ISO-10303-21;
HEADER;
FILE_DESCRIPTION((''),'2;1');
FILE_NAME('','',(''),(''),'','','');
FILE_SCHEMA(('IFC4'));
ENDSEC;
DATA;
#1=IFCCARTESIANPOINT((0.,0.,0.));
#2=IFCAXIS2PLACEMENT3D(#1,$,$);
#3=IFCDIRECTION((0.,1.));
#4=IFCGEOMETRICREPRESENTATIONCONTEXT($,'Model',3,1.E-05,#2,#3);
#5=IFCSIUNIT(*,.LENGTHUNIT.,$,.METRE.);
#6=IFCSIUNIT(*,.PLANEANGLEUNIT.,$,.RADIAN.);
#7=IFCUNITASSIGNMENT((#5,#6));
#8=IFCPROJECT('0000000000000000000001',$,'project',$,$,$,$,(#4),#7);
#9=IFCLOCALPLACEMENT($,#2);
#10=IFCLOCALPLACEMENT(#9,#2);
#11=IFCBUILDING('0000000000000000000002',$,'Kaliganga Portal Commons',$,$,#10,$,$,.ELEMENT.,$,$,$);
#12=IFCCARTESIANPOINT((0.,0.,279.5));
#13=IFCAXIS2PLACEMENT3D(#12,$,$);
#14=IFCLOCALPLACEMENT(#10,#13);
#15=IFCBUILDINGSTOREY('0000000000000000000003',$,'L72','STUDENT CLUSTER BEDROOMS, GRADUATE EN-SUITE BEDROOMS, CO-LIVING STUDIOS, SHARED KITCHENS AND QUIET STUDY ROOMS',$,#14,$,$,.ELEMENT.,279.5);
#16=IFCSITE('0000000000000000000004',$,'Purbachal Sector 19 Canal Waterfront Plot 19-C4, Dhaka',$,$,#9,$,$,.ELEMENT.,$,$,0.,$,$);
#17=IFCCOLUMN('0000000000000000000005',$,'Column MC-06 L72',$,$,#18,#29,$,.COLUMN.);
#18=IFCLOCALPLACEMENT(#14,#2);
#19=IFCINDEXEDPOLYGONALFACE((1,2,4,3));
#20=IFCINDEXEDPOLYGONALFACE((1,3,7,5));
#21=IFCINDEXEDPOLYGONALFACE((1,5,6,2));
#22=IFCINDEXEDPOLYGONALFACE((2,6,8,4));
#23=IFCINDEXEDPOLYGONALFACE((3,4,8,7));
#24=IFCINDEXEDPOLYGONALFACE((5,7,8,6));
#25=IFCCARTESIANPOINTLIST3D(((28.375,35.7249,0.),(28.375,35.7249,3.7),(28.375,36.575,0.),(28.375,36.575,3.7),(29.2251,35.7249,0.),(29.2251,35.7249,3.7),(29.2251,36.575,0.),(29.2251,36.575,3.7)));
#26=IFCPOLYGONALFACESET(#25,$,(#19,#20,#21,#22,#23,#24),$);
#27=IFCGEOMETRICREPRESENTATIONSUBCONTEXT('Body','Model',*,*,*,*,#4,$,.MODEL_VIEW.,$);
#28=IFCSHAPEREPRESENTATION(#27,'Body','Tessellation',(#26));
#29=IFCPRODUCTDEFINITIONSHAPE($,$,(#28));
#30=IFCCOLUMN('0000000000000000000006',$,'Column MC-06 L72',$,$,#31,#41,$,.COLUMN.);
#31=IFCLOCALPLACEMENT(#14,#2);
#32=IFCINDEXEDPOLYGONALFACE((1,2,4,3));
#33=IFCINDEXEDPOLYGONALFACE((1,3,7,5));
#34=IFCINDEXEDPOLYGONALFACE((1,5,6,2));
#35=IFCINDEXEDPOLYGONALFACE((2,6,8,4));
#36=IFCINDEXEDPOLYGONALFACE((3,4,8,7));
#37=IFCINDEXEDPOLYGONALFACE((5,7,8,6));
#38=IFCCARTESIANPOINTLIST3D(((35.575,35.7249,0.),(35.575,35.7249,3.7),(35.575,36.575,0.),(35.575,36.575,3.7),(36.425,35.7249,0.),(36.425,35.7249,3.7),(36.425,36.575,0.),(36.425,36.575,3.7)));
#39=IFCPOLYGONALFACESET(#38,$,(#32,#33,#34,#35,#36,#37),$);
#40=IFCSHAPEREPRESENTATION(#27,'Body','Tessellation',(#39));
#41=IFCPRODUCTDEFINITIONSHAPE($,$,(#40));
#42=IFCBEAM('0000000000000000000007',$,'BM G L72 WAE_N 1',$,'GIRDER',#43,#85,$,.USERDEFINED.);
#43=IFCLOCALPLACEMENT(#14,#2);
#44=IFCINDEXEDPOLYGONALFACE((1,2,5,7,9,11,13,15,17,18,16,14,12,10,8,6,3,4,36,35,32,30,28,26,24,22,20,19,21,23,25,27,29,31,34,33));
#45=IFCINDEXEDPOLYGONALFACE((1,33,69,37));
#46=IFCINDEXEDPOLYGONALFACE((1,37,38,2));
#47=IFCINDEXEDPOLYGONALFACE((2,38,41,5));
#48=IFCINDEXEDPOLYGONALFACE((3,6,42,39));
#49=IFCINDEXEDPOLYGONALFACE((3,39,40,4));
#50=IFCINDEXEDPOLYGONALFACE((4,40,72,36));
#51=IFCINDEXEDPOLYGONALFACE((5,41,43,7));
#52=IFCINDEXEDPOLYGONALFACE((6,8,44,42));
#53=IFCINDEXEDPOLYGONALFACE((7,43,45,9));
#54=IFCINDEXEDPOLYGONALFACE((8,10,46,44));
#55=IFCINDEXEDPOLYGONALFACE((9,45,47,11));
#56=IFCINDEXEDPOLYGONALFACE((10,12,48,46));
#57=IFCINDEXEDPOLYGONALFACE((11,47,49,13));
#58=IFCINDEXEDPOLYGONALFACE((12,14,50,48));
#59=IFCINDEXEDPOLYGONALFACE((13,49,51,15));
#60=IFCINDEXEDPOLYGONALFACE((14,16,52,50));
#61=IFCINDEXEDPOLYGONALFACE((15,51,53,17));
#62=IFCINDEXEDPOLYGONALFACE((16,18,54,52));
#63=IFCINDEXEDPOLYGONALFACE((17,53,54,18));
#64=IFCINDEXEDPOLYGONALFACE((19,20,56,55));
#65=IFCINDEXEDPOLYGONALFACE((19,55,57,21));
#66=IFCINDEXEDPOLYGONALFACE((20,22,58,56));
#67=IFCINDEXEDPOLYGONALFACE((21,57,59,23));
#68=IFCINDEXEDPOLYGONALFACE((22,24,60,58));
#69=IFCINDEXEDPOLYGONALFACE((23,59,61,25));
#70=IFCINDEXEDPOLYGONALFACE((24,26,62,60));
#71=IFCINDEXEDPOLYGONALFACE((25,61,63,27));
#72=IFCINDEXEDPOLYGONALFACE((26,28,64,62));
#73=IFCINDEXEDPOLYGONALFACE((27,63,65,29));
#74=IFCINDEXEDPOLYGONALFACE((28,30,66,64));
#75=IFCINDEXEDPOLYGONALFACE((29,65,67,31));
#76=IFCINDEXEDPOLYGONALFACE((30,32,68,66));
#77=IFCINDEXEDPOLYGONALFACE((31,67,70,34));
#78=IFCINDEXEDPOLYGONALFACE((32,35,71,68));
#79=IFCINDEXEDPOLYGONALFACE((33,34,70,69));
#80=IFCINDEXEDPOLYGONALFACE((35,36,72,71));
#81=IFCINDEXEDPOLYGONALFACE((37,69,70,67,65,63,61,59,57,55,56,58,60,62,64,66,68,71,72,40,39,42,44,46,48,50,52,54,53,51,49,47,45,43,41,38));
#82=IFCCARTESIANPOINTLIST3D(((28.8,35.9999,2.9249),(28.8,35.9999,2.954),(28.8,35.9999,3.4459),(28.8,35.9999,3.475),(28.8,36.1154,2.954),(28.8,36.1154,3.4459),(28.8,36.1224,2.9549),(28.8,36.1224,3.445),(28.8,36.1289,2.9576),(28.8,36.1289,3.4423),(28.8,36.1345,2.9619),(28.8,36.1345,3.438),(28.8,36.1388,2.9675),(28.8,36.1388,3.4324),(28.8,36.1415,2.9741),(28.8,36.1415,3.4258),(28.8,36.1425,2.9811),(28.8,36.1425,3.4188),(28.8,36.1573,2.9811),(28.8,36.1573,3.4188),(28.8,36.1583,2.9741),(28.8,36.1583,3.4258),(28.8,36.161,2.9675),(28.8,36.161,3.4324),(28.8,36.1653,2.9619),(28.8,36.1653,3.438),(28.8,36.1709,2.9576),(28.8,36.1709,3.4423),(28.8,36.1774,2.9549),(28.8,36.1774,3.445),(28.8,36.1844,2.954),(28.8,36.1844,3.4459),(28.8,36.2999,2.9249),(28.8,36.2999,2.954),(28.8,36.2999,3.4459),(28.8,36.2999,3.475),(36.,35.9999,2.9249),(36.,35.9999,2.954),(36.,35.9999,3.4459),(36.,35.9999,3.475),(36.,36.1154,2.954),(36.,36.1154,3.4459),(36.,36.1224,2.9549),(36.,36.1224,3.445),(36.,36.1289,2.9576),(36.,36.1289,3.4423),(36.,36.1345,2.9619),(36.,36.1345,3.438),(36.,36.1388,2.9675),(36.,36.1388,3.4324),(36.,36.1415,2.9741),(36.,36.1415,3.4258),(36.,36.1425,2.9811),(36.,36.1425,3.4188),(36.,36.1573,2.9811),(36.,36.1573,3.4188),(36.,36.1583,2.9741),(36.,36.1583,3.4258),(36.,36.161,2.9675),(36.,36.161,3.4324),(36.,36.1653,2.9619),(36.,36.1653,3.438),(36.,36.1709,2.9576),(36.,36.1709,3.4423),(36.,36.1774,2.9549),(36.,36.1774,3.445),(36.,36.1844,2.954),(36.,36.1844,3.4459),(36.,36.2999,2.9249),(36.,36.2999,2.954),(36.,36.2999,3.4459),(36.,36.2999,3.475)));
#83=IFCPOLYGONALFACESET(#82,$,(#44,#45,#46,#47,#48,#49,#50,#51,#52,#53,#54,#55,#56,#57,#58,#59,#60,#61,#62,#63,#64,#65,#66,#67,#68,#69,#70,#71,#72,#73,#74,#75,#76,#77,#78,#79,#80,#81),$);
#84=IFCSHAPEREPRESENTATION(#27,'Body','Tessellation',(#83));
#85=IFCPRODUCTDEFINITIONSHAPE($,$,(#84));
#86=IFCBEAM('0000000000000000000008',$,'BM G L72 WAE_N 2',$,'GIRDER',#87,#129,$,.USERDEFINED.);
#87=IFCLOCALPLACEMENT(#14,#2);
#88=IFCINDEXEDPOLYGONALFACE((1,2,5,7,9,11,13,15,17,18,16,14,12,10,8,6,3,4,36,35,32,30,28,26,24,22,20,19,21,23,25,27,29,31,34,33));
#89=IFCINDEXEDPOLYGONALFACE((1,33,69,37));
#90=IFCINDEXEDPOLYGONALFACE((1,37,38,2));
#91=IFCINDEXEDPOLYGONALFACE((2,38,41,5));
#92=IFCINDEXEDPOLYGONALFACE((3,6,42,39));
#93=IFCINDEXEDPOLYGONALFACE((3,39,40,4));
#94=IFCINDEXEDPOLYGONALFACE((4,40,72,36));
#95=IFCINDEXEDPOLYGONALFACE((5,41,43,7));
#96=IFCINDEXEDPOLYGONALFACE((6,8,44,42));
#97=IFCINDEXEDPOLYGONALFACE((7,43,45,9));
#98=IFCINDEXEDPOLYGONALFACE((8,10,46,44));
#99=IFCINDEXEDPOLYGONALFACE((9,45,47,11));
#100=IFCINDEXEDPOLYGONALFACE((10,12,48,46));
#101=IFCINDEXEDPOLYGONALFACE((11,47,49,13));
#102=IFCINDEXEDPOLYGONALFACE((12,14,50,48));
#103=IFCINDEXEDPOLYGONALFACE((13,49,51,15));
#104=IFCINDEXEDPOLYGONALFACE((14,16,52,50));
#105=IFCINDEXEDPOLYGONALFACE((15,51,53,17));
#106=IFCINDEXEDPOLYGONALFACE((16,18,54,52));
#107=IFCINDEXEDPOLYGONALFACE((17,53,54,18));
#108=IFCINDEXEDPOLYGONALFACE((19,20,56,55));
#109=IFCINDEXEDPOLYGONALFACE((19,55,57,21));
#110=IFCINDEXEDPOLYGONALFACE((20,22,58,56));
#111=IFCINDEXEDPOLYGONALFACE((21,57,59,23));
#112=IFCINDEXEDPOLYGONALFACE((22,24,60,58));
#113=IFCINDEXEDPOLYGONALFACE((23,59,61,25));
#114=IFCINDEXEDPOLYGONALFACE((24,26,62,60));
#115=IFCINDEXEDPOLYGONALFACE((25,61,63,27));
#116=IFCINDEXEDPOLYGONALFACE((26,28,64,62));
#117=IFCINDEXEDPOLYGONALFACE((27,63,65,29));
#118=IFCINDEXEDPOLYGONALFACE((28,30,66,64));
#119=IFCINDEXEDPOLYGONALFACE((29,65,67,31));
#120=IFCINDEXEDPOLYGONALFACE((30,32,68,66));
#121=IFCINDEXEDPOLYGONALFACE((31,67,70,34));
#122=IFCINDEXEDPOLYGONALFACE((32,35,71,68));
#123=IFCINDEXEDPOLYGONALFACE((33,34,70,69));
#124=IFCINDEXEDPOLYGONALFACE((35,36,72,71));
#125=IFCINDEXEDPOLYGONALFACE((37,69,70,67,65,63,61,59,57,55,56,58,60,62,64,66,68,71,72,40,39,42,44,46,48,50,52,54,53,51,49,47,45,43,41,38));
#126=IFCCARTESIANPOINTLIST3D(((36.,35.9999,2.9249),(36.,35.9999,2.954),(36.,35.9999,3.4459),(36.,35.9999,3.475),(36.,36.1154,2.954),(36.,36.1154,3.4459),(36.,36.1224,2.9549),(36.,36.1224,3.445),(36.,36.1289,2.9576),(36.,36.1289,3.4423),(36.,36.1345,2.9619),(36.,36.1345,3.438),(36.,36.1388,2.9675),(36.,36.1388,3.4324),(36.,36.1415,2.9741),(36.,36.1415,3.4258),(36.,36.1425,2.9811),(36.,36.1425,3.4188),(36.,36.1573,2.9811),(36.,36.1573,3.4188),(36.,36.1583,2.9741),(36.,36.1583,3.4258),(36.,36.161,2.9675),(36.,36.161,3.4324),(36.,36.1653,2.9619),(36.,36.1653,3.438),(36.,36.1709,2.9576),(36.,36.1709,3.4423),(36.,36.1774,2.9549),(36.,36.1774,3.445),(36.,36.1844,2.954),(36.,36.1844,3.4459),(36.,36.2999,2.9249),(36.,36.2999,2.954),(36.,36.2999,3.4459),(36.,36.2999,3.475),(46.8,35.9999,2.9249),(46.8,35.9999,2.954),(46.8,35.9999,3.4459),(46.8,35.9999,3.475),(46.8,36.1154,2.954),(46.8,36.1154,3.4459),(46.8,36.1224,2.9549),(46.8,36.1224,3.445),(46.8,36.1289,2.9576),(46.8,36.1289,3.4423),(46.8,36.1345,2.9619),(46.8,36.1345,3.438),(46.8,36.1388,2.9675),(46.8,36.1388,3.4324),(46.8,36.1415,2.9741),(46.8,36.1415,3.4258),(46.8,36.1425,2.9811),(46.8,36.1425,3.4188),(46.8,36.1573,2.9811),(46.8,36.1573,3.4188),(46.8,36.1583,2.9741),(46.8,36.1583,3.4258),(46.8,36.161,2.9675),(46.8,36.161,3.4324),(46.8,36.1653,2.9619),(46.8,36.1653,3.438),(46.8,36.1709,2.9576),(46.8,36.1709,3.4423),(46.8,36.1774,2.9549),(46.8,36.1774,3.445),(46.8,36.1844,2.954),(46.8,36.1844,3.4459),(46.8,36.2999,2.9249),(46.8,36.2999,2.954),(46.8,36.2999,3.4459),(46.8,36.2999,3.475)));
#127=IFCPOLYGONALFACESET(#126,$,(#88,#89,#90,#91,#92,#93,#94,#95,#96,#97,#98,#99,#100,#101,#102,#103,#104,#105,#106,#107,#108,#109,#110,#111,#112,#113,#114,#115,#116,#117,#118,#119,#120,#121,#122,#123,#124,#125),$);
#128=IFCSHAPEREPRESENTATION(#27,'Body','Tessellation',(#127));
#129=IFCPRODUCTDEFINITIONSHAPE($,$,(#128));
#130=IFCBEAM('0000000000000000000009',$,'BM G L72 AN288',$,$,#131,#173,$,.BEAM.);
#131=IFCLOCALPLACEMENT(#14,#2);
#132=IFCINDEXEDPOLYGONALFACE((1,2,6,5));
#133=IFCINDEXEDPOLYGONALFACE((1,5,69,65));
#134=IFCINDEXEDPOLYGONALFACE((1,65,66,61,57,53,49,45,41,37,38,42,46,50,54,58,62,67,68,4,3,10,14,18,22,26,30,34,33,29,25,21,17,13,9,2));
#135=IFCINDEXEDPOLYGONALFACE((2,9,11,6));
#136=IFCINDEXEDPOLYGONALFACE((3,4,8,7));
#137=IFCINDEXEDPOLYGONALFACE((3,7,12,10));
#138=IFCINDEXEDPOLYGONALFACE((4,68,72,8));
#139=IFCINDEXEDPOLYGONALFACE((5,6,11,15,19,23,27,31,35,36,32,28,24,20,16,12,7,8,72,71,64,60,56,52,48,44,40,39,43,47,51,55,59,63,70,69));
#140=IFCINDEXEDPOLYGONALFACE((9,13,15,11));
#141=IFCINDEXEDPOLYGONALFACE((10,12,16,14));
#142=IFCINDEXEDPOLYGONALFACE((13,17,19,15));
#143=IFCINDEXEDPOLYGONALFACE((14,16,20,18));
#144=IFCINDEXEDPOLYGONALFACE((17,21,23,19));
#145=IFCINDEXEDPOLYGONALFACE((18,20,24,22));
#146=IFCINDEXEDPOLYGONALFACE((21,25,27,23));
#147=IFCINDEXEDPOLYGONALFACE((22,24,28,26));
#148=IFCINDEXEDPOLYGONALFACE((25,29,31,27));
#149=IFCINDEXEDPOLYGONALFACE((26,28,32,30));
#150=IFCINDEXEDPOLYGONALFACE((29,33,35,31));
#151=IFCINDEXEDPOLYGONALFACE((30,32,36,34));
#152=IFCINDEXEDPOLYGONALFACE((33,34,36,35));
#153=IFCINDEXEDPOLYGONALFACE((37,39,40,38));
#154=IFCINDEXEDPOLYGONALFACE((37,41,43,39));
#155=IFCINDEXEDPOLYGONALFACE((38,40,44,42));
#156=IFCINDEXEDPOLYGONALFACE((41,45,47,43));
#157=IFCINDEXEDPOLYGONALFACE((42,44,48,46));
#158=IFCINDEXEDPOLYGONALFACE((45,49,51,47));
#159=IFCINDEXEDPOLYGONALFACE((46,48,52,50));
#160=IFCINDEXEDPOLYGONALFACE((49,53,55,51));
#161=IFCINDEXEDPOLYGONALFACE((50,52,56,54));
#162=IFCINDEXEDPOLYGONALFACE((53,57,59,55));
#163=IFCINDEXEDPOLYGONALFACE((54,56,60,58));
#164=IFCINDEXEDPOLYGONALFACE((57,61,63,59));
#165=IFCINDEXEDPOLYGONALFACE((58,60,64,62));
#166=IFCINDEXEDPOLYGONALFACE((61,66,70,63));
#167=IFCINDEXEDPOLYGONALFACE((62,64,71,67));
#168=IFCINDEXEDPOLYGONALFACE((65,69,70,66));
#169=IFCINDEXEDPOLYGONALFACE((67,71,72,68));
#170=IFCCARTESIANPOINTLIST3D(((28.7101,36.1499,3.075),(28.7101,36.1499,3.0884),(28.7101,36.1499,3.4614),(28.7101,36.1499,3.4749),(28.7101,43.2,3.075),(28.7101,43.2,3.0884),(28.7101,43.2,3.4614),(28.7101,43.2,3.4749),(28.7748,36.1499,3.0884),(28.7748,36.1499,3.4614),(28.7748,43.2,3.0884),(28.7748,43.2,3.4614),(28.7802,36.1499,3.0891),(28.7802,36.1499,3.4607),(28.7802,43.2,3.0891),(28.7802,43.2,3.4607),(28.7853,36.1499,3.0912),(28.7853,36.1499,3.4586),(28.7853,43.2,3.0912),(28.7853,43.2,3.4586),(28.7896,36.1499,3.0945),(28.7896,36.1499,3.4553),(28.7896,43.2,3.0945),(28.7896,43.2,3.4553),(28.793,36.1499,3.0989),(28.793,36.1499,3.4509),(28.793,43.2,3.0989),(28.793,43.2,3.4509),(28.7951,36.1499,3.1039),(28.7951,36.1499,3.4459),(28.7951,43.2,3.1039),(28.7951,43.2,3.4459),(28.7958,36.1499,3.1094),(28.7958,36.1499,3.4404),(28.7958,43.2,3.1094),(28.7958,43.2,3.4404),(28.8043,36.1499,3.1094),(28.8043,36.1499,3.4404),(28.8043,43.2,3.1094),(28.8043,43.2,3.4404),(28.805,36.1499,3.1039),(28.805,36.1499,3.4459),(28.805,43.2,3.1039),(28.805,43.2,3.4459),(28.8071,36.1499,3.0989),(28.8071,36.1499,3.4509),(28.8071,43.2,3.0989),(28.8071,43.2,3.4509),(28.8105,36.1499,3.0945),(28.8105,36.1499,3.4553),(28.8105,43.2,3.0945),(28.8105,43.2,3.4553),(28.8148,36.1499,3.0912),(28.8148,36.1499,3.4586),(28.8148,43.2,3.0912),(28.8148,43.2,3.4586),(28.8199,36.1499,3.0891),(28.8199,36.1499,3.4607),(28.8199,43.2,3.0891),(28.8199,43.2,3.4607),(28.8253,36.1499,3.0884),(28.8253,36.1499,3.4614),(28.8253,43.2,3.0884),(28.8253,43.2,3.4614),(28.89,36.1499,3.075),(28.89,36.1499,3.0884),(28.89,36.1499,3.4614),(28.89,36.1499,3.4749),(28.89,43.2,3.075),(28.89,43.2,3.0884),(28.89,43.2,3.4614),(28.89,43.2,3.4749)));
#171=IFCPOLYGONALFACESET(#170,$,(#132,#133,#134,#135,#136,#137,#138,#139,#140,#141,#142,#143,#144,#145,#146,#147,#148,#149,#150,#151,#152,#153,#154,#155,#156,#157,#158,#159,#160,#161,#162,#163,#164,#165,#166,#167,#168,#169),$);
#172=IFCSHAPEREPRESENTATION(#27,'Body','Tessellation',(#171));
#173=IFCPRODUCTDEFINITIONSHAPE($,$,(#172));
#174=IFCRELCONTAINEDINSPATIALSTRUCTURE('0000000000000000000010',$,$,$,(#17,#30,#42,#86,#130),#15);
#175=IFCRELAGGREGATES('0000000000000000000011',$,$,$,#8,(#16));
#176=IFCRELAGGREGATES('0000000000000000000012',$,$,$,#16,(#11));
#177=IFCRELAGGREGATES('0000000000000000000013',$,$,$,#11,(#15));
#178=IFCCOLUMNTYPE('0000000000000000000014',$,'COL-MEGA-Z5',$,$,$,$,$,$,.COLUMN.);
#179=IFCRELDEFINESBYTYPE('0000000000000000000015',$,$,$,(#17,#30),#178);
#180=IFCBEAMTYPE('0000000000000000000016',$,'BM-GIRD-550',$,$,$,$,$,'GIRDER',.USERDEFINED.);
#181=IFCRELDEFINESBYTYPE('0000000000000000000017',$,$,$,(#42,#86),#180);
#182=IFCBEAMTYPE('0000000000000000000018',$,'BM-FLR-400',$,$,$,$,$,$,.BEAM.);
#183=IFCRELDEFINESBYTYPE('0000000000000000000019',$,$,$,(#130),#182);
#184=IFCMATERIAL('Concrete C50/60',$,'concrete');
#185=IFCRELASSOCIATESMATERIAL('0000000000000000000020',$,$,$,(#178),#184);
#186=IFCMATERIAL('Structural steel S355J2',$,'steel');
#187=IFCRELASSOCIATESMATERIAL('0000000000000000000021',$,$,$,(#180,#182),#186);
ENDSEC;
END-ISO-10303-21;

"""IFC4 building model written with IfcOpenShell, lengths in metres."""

from ifc_helpers import new_model, si_unit, direction, frame, origin, origin_2d, place, context, subcontext, project, spatial, rectangle, i_section, extrude, source, transform, mapped, material, material_profile, profile_set, type_object, element, save


model = new_model("IFC4")

# Units and contexts
model_context = context("Model", 3, precision=1e-05, world=origin(), true_north=direction((0.0, 1.0)))
body_context = subcontext(model_context, "Body", "Model", "MODEL_VIEW")
ifc_project = project(units=[si_unit("LENGTHUNIT", "METRE"), si_unit("PLANEANGLEUNIT", "RADIAN")], contexts=[model_context])

# Site, building, storey
site_placement = place(None, origin())
site = spatial("IfcSite", under=ifc_project, at=site_placement, Name="Purbachal Sector 19 Canal Waterfront Plot 19-C4, Dhaka", CompositionType="ELEMENT", RefElevation=0.0)
building_placement = place(site_placement, origin())
building = spatial("IfcBuilding", under=site, at=building_placement, Name="Kaliganga Portal Commons", CompositionType="ELEMENT")
storey_placement = place(building_placement, frame((0.0, 0.0, 279.5)))
storey = spatial("IfcBuildingStorey", under=building, at=storey_placement, Name="L72", Description="STUDENT CLUSTER BEDROOMS, GRADUATE EN-SUITE BEDROOMS, CO-LIVING STUDIOS, SHARED KITCHENS AND QUIET STUDY ROOMS", CompositionType="ELEMENT", Elevation=279.5)

# Columns
ifc_material_1 = material(Name="Concrete C50/60", Category="concrete")
ifc_material_profile_1 = material_profile(ifc_material_1, rectangle(XDim=0.8501, YDim=0.8501, at=origin_2d()), Name="RC 850x850")
ifc_profile_set_1 = profile_set([ifc_material_profile_1], Name="Concrete C50/60")
column_type = type_object("IfcColumnType", Name="COL-MEGA-Z5", PredefinedType="COLUMN", material=ifc_profile_set_1)
shared_shape_1 = source(origin(), body_context, "Body", "SweptSolid", [
    extrude(rectangle(XDim=0.8501, YDim=0.8501, at=origin_2d()), origin(), (0.0, 0.0, 1.0), 3.7),
])
for number, where, z_axis, x_axis, name in (
    (1, (28.8, 36.1499, 0.0), (0.0, 0.0, 1.0), (1.0, 0.0, 0.0), "Column MC-06 L72"),
    (2, (36.0, 36.1499, 0.0), (0.0, 0.0, 1.0), (1.0, 0.0, 0.0), "Column MC-06 L72"),
):
    element("IfcColumn", number, at=place(storey_placement, frame(where, z_axis=z_axis, x_axis=x_axis)), inside=storey, type_object=column_type, Name=name, PredefinedType="COLUMN", context=body_context, shape_type="MappedRepresentation", body=[
        mapped(shared_shape_1, transform((0.0, 0.0, 0.0), x_axis=(1.0, 0.0, 0.0), y_axis=(0.0, 1.0, 0.0), z_axis=(0.0, 0.0, 1.0), scale=1.0)),
    ])

# Beams
ifc_material_2 = material(Name="Structural steel S355J2", Category="steel")
ifc_material_profile_2 = material_profile(ifc_material_2, i_section(OverallWidth=0.3, OverallDepth=0.55, WebThickness=0.0149, FlangeThickness=0.0291, FilletRadius=0.0271, at=origin_2d()), Name="HE 550 B")
ifc_profile_set_2 = profile_set([ifc_material_profile_2], Name="Structural steel S355J2 wide-flange")
beam_type_1 = type_object("IfcBeamType", Name="BM-GIRD-550", ElementType="GIRDER", PredefinedType="USERDEFINED", material=ifc_profile_set_2)
shared_shape_2 = source(origin(), body_context, "Body", "SweptSolid", [
    extrude(i_section(OverallWidth=0.3, OverallDepth=0.55, WebThickness=0.0149, FlangeThickness=0.0291, FilletRadius=0.0271, at=origin_2d()), origin(), (0.0, 0.0, 1.0), 7.2),
])
beam_1_placement = place(storey_placement, frame((28.8, 36.1499, 3.2), z_axis=(1.0, 0.0, 0.0), x_axis=(0.0, 1.0, 0.0)))
element("IfcBeam", 3, at=beam_1_placement, inside=storey, type_object=beam_type_1, Name="BM G L72 WAE_N 1", ObjectType="GIRDER", PredefinedType="USERDEFINED", context=body_context, shape_type="MappedRepresentation", body=[
    mapped(shared_shape_2, transform((0.0, 0.0, 0.0), x_axis=(1.0, 0.0, 0.0), y_axis=(0.0, 1.0, 0.0), z_axis=(0.0, 0.0, 1.0), scale=1.0)),
])
shared_shape_3 = source(origin(), body_context, "Body", "SweptSolid", [
    extrude(i_section(OverallWidth=0.3, OverallDepth=0.55, WebThickness=0.0149, FlangeThickness=0.0291, FilletRadius=0.0271, at=origin_2d()), origin(), (0.0, 0.0, 1.0), 10.8),
])
beam_2_placement = place(storey_placement, frame((36.0, 36.1499, 3.2), z_axis=(1.0, 0.0, 0.0), x_axis=(0.0, 1.0, 0.0)))
element("IfcBeam", 4, at=beam_2_placement, inside=storey, type_object=beam_type_1, Name="BM G L72 WAE_N 2", ObjectType="GIRDER", PredefinedType="USERDEFINED", context=body_context, shape_type="MappedRepresentation", body=[
    mapped(shared_shape_3, transform((0.0, 0.0, 0.0), x_axis=(1.0, 0.0, 0.0), y_axis=(0.0, 1.0, 0.0), z_axis=(0.0, 0.0, 1.0), scale=1.0)),
])
ifc_material_profile_3 = material_profile(ifc_material_2, i_section(OverallWidth=0.1799, OverallDepth=0.3999, WebThickness=0.0085, FlangeThickness=0.0134, FilletRadius=0.021, at=origin_2d()), Name="IPE 400")
ifc_profile_set_3 = profile_set([ifc_material_profile_3], Name="Structural steel S355J2 wide-flange")
beam_type_2 = type_object("IfcBeamType", Name="BM-FLR-400", PredefinedType="BEAM", material=ifc_profile_set_3)
shared_shape_4 = source(origin(), body_context, "Body", "SweptSolid", [
    extrude(i_section(OverallWidth=0.1799, OverallDepth=0.3999, WebThickness=0.0085, FlangeThickness=0.0134, FilletRadius=0.021, at=origin_2d()), origin(), (0.0, 0.0, 1.0), 7.05),
])
beam_3_placement = place(storey_placement, frame((28.8, 36.1499, 3.2749), z_axis=(0.0, 1.0, 0.0), x_axis=(-1.0, 0.0, 0.0)))
element("IfcBeam", 5, at=beam_3_placement, inside=storey, type_object=beam_type_2, Name="BM G L72 AN288", PredefinedType="BEAM", context=body_context, shape_type="MappedRepresentation", body=[
    mapped(shared_shape_4, transform((0.0, 0.0, 0.0), x_axis=(1.0, 0.0, 0.0), y_axis=(0.0, 1.0, 0.0), z_axis=(0.0, 0.0, 1.0), scale=1.0)),
])

save(model, "model.ifc")
